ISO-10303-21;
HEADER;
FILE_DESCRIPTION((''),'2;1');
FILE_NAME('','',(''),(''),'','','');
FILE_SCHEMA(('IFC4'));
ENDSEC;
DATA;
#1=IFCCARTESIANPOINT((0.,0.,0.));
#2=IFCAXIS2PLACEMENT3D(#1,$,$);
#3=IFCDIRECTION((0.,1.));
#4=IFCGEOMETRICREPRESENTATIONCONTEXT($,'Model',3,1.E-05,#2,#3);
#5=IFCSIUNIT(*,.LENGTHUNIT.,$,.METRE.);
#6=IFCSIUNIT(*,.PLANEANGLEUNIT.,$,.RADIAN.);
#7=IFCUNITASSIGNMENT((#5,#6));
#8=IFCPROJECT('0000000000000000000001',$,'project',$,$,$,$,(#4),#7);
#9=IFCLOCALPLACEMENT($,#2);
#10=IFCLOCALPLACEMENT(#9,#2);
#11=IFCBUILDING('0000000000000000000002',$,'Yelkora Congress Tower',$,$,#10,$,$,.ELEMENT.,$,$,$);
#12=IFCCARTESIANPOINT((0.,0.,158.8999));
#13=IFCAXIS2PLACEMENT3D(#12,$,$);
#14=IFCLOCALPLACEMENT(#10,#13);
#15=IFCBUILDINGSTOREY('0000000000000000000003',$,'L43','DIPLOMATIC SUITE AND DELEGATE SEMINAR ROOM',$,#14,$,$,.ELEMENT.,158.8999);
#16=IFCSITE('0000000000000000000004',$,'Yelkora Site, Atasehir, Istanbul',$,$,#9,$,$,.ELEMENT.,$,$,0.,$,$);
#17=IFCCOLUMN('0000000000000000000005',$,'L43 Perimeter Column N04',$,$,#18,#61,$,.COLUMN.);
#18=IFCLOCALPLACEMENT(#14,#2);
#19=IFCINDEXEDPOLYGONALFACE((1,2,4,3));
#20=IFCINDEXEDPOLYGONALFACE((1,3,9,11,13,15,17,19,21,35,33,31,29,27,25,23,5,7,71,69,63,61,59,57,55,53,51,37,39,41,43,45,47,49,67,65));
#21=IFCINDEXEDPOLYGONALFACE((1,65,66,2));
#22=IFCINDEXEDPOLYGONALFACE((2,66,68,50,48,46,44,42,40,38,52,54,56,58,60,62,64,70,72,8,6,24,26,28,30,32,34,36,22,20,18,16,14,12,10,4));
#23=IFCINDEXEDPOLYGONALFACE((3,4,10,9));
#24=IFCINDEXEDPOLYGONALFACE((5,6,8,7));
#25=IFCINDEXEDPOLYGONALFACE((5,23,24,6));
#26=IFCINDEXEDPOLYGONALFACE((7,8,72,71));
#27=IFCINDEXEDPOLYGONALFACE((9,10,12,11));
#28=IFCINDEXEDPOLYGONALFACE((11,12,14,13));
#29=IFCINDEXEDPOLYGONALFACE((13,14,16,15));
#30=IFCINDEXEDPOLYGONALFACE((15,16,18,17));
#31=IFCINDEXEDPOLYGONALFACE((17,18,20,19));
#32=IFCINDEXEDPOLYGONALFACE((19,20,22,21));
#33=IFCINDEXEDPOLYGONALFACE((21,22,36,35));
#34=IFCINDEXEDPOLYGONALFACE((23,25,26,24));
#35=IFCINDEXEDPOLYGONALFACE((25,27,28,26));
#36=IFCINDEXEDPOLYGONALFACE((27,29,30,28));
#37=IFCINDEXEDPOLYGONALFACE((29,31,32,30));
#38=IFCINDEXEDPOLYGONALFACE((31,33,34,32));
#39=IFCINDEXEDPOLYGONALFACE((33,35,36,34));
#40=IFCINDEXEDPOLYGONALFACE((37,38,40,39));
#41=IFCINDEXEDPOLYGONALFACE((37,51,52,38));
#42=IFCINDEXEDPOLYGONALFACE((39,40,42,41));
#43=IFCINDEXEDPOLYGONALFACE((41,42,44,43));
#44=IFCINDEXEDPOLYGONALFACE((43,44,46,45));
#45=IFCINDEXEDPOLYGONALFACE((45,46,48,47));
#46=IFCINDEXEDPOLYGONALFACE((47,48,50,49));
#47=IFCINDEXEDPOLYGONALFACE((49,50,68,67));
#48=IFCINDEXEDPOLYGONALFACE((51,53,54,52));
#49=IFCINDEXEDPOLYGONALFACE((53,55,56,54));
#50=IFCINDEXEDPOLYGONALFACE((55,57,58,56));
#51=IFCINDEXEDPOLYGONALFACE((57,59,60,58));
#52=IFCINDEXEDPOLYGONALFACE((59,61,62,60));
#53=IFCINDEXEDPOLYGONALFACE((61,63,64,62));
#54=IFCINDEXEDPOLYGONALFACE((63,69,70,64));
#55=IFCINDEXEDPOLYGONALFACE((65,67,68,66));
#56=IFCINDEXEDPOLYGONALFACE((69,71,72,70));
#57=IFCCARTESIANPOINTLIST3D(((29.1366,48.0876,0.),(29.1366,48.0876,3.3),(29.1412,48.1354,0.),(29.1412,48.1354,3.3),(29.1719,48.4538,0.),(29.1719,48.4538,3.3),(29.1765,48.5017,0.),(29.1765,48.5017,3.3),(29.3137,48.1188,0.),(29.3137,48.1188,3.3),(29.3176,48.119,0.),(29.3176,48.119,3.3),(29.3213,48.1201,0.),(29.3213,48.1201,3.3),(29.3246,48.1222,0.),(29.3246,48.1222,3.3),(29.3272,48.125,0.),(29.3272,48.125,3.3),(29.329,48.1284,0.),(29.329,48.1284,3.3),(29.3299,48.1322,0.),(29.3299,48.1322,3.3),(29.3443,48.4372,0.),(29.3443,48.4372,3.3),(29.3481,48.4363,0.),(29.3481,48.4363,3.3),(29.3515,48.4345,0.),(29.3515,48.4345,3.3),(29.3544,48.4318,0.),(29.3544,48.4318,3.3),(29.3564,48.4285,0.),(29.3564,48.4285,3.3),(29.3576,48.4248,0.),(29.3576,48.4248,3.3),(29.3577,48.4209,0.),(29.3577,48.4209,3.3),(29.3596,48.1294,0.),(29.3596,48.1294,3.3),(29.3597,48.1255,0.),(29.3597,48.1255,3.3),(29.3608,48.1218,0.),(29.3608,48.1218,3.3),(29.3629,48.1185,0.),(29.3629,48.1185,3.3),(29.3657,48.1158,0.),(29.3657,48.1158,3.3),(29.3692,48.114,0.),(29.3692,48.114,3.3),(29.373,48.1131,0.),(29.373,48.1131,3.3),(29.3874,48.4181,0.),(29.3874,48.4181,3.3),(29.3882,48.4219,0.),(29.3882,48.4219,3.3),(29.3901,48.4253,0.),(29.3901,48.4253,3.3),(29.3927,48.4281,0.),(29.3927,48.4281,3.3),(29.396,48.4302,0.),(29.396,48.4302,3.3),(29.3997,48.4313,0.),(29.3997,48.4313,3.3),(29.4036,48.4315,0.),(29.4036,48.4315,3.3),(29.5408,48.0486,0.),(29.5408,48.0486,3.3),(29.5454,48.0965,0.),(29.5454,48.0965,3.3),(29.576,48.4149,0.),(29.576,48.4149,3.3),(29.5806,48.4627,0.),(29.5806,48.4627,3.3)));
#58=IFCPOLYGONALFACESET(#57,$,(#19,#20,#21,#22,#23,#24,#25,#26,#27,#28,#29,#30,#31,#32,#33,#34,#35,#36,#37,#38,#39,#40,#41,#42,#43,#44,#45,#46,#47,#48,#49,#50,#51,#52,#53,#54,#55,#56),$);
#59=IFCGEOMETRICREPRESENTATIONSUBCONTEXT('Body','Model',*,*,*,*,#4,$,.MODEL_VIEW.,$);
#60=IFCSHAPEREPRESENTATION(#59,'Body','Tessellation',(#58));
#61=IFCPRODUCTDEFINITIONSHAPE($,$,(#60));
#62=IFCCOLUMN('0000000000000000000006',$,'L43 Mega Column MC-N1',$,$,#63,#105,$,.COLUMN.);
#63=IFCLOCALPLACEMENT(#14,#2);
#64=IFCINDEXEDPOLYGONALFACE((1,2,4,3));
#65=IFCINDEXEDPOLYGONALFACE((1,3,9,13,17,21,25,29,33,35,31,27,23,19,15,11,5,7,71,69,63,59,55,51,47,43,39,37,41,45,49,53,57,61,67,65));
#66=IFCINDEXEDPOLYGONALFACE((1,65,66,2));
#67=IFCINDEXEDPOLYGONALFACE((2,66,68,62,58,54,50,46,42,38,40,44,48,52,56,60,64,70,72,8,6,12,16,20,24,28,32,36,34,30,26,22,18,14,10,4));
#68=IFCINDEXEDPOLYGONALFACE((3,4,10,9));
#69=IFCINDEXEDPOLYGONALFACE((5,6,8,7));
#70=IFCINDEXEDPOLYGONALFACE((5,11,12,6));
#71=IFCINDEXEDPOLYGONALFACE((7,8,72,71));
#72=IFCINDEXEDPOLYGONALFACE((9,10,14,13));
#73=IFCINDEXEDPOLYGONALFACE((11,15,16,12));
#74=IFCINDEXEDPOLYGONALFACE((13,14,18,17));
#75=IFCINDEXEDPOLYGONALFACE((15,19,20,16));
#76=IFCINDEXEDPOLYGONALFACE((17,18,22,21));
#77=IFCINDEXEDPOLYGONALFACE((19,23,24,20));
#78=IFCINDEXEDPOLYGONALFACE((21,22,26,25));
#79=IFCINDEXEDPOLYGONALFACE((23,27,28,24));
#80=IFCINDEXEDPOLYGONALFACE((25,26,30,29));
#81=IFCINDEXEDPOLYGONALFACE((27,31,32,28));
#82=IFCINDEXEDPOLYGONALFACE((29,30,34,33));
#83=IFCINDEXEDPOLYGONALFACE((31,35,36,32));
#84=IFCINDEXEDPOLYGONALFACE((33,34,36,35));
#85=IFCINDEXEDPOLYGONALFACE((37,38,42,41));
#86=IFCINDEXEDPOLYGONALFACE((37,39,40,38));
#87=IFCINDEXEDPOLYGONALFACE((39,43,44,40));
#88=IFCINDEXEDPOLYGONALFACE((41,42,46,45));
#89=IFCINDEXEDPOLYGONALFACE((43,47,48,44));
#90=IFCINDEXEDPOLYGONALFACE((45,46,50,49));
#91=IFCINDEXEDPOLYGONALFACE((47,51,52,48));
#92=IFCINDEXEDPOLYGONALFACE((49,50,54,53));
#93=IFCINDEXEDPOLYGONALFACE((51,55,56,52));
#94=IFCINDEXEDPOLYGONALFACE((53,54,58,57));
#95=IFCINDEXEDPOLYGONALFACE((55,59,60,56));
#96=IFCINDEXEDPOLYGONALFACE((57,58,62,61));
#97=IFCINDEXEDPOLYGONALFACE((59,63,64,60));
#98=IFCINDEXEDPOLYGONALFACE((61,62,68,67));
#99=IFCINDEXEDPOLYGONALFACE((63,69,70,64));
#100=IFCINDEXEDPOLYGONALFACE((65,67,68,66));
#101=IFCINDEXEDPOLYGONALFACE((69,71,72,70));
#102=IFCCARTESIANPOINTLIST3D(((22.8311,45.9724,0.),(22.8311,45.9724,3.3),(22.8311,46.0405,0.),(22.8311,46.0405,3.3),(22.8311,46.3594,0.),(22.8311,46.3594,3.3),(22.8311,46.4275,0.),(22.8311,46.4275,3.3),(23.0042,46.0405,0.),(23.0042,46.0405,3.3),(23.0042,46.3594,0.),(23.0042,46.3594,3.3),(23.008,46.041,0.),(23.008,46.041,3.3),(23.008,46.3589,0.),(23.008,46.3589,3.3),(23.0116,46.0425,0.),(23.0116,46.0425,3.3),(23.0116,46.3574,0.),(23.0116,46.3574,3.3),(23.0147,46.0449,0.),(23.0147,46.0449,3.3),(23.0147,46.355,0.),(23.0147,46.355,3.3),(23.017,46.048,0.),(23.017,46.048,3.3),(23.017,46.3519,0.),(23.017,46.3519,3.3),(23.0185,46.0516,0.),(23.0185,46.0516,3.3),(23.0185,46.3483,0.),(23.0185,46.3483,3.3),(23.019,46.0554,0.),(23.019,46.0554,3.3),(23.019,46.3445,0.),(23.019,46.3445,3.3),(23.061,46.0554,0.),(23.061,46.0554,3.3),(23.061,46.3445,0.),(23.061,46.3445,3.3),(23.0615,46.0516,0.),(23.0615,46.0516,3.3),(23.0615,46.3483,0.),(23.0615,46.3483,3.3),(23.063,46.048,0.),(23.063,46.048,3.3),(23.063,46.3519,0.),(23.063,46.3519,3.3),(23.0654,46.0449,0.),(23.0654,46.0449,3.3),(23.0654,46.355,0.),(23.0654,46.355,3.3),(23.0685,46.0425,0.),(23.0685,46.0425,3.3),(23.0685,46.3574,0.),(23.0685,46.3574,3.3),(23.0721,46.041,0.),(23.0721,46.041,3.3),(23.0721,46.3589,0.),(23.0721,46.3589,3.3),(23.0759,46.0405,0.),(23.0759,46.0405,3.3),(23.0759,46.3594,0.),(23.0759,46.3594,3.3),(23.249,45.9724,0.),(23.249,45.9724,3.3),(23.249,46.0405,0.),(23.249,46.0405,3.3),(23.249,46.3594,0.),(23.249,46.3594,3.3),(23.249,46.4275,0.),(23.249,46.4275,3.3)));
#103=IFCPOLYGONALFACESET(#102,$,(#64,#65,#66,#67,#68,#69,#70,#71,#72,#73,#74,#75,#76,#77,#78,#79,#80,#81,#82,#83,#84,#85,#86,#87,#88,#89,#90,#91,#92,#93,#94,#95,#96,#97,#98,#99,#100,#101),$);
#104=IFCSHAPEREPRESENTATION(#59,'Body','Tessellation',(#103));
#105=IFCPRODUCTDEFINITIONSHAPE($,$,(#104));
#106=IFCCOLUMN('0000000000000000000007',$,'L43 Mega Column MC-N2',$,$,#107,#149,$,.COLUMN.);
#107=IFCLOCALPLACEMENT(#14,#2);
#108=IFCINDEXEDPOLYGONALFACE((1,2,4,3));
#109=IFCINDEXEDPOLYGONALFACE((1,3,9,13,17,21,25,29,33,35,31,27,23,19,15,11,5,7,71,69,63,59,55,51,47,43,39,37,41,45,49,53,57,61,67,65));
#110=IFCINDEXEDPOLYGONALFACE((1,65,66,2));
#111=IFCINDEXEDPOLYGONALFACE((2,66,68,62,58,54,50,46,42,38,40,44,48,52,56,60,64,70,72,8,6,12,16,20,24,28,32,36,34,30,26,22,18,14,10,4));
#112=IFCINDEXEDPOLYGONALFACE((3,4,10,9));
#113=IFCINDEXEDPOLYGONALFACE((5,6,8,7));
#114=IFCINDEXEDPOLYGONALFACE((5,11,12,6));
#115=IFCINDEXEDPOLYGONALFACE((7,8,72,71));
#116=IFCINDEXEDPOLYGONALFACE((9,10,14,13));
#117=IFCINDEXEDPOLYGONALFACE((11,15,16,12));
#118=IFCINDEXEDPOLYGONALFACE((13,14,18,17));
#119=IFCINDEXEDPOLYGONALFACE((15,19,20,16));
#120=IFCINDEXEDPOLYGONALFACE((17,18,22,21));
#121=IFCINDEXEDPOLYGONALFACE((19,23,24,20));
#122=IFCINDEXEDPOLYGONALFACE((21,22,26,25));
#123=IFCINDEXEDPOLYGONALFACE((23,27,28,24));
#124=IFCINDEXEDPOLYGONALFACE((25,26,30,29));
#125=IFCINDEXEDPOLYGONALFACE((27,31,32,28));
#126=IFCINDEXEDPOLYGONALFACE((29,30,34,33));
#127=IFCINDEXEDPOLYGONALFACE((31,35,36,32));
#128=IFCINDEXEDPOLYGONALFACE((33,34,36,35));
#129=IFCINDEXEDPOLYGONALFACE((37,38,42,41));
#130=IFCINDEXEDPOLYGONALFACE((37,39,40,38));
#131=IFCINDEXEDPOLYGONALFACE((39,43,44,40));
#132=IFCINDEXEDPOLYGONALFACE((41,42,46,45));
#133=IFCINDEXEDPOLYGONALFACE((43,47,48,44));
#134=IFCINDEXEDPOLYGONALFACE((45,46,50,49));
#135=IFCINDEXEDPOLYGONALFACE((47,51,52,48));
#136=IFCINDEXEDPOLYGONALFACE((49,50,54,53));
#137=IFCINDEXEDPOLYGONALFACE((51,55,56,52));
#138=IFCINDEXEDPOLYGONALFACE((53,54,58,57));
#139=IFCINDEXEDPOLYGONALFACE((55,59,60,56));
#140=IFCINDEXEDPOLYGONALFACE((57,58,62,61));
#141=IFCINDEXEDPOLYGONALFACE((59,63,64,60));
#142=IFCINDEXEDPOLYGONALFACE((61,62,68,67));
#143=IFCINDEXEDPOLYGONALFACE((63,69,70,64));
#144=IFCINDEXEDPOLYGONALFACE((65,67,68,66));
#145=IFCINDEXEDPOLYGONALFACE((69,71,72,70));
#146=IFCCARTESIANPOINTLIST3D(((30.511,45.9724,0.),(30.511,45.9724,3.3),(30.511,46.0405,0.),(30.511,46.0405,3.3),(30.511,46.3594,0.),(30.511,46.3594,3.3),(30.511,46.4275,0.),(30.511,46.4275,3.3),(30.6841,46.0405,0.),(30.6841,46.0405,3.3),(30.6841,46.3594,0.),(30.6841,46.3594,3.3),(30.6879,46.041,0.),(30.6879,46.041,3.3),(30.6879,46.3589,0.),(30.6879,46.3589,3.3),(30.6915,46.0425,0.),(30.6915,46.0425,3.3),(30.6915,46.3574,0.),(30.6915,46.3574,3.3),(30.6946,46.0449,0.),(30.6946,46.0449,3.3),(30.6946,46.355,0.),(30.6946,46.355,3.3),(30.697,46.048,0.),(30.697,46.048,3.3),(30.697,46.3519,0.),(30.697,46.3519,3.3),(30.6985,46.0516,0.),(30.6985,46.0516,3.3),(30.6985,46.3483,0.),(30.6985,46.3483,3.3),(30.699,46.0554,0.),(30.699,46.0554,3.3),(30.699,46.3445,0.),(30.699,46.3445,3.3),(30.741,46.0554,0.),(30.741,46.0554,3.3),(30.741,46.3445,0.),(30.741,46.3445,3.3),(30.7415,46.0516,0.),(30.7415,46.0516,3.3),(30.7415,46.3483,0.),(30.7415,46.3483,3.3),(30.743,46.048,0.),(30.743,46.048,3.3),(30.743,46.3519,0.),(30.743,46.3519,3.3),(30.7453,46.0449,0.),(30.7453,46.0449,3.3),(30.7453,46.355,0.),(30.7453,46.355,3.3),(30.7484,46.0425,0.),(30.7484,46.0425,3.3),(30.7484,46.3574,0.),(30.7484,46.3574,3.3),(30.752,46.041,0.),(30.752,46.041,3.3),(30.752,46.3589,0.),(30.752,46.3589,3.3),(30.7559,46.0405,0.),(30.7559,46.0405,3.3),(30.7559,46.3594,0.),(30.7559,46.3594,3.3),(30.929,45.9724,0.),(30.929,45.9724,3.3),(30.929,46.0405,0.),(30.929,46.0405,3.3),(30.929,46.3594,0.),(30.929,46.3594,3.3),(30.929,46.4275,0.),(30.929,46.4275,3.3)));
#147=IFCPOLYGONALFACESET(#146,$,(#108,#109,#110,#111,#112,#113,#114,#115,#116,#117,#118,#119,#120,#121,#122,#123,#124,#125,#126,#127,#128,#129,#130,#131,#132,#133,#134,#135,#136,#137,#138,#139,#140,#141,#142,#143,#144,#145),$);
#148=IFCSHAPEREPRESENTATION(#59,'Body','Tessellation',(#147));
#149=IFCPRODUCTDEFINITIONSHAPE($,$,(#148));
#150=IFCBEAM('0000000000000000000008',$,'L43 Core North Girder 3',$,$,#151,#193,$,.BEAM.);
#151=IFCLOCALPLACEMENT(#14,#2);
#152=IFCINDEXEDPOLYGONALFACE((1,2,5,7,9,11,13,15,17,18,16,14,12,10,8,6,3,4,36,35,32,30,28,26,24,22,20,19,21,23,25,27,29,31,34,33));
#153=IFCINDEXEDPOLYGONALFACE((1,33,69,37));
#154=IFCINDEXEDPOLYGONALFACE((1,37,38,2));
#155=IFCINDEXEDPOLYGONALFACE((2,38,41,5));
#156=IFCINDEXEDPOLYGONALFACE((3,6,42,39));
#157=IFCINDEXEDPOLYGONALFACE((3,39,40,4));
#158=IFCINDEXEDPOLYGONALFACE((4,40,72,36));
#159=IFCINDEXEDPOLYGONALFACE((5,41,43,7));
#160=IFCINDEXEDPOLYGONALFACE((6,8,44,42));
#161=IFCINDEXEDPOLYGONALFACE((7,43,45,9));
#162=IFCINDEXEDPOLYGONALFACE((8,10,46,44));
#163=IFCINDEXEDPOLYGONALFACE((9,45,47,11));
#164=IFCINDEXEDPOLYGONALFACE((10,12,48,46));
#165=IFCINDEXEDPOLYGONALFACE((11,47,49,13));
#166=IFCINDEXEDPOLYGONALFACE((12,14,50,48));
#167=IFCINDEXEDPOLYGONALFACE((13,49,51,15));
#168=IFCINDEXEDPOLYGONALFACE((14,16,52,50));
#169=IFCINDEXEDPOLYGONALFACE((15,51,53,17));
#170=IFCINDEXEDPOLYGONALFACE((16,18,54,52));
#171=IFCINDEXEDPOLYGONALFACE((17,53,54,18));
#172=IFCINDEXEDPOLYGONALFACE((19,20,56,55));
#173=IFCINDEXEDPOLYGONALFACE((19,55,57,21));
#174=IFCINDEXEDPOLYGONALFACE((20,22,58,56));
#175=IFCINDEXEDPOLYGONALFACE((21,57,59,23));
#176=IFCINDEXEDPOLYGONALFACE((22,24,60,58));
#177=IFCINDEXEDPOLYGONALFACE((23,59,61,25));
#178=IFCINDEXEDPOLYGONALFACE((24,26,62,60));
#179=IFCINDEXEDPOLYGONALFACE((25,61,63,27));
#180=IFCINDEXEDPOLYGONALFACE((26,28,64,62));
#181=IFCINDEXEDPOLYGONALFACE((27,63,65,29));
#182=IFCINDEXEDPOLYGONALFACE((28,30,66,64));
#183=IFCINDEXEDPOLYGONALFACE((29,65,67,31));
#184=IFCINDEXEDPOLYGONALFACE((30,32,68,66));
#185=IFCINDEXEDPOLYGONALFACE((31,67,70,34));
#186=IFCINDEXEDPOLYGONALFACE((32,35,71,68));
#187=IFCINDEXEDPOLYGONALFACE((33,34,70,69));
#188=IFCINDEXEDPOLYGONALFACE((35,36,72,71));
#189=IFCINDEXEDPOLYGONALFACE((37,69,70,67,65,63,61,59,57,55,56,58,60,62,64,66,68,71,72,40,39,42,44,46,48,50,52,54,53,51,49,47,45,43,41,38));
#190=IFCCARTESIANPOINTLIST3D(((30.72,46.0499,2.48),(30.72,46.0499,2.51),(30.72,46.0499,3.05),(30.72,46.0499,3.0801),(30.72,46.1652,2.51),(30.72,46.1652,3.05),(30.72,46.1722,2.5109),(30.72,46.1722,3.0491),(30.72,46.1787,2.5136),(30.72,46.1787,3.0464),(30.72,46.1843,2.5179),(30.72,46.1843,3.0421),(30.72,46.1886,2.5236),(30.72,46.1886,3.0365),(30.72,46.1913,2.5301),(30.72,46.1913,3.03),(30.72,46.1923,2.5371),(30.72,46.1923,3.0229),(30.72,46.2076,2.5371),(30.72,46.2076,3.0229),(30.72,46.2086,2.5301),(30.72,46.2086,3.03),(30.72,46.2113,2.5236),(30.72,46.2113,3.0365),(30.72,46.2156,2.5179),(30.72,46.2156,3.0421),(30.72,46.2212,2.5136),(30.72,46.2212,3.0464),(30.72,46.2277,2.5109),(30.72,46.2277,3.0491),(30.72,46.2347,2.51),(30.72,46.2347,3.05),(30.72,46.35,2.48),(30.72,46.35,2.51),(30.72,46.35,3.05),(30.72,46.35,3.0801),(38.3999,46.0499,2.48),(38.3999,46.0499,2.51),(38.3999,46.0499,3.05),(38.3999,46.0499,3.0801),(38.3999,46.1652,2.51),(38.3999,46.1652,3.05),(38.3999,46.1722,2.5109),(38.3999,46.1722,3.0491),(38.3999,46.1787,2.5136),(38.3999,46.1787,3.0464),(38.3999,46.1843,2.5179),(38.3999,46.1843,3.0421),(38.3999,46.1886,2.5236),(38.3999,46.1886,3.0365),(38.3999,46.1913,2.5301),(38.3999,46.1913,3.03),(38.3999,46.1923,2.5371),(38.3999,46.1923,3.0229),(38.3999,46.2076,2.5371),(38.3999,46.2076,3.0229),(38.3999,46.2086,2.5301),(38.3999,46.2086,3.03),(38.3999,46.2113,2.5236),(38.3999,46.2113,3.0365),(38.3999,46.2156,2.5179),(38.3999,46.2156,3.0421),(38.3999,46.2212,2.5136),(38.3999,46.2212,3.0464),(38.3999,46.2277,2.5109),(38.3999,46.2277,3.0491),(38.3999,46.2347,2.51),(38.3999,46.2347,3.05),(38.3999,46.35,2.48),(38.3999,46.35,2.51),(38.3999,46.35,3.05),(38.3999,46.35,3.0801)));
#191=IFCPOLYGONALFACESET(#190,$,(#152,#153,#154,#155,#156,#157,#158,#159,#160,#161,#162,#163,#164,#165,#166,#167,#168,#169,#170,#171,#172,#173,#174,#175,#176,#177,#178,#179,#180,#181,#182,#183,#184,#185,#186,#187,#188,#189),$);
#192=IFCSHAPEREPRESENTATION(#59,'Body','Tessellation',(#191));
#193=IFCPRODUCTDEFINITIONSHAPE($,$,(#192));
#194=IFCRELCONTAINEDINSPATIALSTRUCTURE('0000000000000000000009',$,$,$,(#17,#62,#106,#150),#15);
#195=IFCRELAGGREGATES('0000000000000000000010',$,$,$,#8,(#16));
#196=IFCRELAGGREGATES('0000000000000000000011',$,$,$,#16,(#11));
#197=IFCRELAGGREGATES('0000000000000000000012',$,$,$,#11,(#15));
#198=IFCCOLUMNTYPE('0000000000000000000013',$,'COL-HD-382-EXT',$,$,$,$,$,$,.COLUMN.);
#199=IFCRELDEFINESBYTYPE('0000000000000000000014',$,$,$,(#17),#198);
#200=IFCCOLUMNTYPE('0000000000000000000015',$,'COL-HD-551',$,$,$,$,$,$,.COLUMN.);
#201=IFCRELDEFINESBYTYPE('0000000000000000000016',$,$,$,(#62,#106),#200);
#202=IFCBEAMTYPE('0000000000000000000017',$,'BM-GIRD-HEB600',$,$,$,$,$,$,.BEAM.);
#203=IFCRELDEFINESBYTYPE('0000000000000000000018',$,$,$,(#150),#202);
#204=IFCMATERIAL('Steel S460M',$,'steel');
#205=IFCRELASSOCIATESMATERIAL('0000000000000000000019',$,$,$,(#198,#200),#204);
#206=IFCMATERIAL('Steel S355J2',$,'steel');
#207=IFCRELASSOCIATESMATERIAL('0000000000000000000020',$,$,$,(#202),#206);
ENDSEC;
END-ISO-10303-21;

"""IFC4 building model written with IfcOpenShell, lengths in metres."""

from ifc_helpers import new_model, si_unit, direction, frame, origin, origin_2d, place, context, subcontext, project, spatial, i_section, extrude, material, material_profile, profile_set, type_object, element, save


model = new_model("IFC4")

# Units and contexts
model_context = context("Model", 3, precision=1e-05, world=origin(), true_north=direction((0.0, 1.0)))
body_context = subcontext(model_context, "Body", "Model", "MODEL_VIEW")
ifc_project = project(units=[si_unit("LENGTHUNIT", "METRE"), si_unit("PLANEANGLEUNIT", "RADIAN")], contexts=[model_context])

# Site, building, storey
site_placement = place(None, origin())
site = spatial("IfcSite", under=ifc_project, at=site_placement, Name="Yelkora Site, Atasehir, Istanbul", CompositionType="ELEMENT", RefElevation=0.0)
building_placement = place(site_placement, origin())
building = spatial("IfcBuilding", under=site, at=building_placement, Name="Yelkora Congress Tower", CompositionType="ELEMENT")
storey_placement = place(building_placement, frame((0.0, 0.0, 158.8999)))
storey = spatial("IfcBuildingStorey", under=building, at=storey_placement, Name="L43", Description="DIPLOMATIC SUITE AND DELEGATE SEMINAR ROOM", CompositionType="ELEMENT", Elevation=158.8999)

# Columns
ifc_material_1 = material(Name="Steel S460M", Category="steel")
ifc_material_profile_1 = material_profile(ifc_material_1, i_section(OverallWidth=0.406, OverallDepth=0.416, WebThickness=0.0298, FlangeThickness=0.0481, FilletRadius=0.0149, at=origin_2d()), Name="HD 400x382")
ifc_profile_set_1 = profile_set([ifc_material_profile_1], Name="Steel S460M")
column_type_1 = type_object("IfcColumnType", Name="COL-HD-382-EXT", PredefinedType="COLUMN", material=ifc_profile_set_1)
column_placement = place(storey_placement, frame((29.3586, 48.2751, 0.0), z_axis=(0.0, 0.0, 1.0), x_axis=(0.995396, -0.095846, 0.0)))
element("IfcColumn", 1, at=column_placement, inside=storey, type_object=column_type_1, Name="L43 Perimeter Column N04", PredefinedType="COLUMN", context=body_context, shape_type="SweptSolid", body=[
    extrude(i_section(OverallWidth=0.406, OverallDepth=0.416, WebThickness=0.0298, FlangeThickness=0.0481, FilletRadius=0.0149, at=origin_2d()), origin(), (0.0, 0.0, 1.0), 3.3),
])
ifc_material_profile_2 = material_profile(ifc_material_1, i_section(OverallWidth=0.418, OverallDepth=0.4551, WebThickness=0.042, FlangeThickness=0.0681, FilletRadius=0.0149, at=origin_2d()), Name="HD 400x551")
ifc_profile_set_2 = profile_set([ifc_material_profile_2], Name="Steel S460M")
column_type_2 = type_object("IfcColumnType", Name="COL-HD-551", PredefinedType="COLUMN", material=ifc_profile_set_2)
for number, where, z_axis, x_axis, name in (
    (2, (23.04, 46.2, 0.0), (0.0, 0.0, 1.0), (1.0, 0.0, 0.0), "L43 Mega Column MC-N1"),
    (3, (30.72, 46.2, 0.0), (0.0, 0.0, 1.0), (1.0, 0.0, 0.0), "L43 Mega Column MC-N2"),
):
    element("IfcColumn", number, at=place(storey_placement, frame(where, z_axis=z_axis, x_axis=x_axis)), inside=storey, type_object=column_type_2, Name=name, PredefinedType="COLUMN", context=body_context, shape_type="SweptSolid", body=[
        extrude(i_section(OverallWidth=0.418, OverallDepth=0.4551, WebThickness=0.042, FlangeThickness=0.0681, FilletRadius=0.0149, at=origin_2d()), origin(), (0.0, 0.0, 1.0), 3.3),
    ])

# Beam
ifc_material_2 = material(Name="Steel S355J2", Category="steel")
ifc_material_profile_3 = material_profile(ifc_material_2, i_section(OverallWidth=0.3, OverallDepth=0.6001, WebThickness=0.0154, FlangeThickness=0.03, FilletRadius=0.0271, at=origin_2d()), Name="HEB 600")
ifc_profile_set_3 = profile_set([ifc_material_profile_3], Name="Steel S355J2")
beam_type_1 = type_object("IfcBeamType", Name="BM-GIRD-HEB600", PredefinedType="BEAM", material=ifc_profile_set_3)
beam_1_placement = place(storey_placement, frame((30.72, 46.2, 2.78), z_axis=(1.0, 0.0, 0.0), x_axis=(0.0, 1.0, 0.0)))
element("IfcBeam", 4, at=beam_1_placement, inside=storey, type_object=beam_type_1, Name="L43 Core North Girder 3", PredefinedType="BEAM", context=body_context, shape_type="SweptSolid", body=[
    extrude(i_section(OverallWidth=0.3, OverallDepth=0.6001, WebThickness=0.0154, FlangeThickness=0.03, FilletRadius=0.0271, at=origin_2d()), origin(), (0.0, 0.0, 1.0), 7.6799),
])

save(model, "model.ifc")
